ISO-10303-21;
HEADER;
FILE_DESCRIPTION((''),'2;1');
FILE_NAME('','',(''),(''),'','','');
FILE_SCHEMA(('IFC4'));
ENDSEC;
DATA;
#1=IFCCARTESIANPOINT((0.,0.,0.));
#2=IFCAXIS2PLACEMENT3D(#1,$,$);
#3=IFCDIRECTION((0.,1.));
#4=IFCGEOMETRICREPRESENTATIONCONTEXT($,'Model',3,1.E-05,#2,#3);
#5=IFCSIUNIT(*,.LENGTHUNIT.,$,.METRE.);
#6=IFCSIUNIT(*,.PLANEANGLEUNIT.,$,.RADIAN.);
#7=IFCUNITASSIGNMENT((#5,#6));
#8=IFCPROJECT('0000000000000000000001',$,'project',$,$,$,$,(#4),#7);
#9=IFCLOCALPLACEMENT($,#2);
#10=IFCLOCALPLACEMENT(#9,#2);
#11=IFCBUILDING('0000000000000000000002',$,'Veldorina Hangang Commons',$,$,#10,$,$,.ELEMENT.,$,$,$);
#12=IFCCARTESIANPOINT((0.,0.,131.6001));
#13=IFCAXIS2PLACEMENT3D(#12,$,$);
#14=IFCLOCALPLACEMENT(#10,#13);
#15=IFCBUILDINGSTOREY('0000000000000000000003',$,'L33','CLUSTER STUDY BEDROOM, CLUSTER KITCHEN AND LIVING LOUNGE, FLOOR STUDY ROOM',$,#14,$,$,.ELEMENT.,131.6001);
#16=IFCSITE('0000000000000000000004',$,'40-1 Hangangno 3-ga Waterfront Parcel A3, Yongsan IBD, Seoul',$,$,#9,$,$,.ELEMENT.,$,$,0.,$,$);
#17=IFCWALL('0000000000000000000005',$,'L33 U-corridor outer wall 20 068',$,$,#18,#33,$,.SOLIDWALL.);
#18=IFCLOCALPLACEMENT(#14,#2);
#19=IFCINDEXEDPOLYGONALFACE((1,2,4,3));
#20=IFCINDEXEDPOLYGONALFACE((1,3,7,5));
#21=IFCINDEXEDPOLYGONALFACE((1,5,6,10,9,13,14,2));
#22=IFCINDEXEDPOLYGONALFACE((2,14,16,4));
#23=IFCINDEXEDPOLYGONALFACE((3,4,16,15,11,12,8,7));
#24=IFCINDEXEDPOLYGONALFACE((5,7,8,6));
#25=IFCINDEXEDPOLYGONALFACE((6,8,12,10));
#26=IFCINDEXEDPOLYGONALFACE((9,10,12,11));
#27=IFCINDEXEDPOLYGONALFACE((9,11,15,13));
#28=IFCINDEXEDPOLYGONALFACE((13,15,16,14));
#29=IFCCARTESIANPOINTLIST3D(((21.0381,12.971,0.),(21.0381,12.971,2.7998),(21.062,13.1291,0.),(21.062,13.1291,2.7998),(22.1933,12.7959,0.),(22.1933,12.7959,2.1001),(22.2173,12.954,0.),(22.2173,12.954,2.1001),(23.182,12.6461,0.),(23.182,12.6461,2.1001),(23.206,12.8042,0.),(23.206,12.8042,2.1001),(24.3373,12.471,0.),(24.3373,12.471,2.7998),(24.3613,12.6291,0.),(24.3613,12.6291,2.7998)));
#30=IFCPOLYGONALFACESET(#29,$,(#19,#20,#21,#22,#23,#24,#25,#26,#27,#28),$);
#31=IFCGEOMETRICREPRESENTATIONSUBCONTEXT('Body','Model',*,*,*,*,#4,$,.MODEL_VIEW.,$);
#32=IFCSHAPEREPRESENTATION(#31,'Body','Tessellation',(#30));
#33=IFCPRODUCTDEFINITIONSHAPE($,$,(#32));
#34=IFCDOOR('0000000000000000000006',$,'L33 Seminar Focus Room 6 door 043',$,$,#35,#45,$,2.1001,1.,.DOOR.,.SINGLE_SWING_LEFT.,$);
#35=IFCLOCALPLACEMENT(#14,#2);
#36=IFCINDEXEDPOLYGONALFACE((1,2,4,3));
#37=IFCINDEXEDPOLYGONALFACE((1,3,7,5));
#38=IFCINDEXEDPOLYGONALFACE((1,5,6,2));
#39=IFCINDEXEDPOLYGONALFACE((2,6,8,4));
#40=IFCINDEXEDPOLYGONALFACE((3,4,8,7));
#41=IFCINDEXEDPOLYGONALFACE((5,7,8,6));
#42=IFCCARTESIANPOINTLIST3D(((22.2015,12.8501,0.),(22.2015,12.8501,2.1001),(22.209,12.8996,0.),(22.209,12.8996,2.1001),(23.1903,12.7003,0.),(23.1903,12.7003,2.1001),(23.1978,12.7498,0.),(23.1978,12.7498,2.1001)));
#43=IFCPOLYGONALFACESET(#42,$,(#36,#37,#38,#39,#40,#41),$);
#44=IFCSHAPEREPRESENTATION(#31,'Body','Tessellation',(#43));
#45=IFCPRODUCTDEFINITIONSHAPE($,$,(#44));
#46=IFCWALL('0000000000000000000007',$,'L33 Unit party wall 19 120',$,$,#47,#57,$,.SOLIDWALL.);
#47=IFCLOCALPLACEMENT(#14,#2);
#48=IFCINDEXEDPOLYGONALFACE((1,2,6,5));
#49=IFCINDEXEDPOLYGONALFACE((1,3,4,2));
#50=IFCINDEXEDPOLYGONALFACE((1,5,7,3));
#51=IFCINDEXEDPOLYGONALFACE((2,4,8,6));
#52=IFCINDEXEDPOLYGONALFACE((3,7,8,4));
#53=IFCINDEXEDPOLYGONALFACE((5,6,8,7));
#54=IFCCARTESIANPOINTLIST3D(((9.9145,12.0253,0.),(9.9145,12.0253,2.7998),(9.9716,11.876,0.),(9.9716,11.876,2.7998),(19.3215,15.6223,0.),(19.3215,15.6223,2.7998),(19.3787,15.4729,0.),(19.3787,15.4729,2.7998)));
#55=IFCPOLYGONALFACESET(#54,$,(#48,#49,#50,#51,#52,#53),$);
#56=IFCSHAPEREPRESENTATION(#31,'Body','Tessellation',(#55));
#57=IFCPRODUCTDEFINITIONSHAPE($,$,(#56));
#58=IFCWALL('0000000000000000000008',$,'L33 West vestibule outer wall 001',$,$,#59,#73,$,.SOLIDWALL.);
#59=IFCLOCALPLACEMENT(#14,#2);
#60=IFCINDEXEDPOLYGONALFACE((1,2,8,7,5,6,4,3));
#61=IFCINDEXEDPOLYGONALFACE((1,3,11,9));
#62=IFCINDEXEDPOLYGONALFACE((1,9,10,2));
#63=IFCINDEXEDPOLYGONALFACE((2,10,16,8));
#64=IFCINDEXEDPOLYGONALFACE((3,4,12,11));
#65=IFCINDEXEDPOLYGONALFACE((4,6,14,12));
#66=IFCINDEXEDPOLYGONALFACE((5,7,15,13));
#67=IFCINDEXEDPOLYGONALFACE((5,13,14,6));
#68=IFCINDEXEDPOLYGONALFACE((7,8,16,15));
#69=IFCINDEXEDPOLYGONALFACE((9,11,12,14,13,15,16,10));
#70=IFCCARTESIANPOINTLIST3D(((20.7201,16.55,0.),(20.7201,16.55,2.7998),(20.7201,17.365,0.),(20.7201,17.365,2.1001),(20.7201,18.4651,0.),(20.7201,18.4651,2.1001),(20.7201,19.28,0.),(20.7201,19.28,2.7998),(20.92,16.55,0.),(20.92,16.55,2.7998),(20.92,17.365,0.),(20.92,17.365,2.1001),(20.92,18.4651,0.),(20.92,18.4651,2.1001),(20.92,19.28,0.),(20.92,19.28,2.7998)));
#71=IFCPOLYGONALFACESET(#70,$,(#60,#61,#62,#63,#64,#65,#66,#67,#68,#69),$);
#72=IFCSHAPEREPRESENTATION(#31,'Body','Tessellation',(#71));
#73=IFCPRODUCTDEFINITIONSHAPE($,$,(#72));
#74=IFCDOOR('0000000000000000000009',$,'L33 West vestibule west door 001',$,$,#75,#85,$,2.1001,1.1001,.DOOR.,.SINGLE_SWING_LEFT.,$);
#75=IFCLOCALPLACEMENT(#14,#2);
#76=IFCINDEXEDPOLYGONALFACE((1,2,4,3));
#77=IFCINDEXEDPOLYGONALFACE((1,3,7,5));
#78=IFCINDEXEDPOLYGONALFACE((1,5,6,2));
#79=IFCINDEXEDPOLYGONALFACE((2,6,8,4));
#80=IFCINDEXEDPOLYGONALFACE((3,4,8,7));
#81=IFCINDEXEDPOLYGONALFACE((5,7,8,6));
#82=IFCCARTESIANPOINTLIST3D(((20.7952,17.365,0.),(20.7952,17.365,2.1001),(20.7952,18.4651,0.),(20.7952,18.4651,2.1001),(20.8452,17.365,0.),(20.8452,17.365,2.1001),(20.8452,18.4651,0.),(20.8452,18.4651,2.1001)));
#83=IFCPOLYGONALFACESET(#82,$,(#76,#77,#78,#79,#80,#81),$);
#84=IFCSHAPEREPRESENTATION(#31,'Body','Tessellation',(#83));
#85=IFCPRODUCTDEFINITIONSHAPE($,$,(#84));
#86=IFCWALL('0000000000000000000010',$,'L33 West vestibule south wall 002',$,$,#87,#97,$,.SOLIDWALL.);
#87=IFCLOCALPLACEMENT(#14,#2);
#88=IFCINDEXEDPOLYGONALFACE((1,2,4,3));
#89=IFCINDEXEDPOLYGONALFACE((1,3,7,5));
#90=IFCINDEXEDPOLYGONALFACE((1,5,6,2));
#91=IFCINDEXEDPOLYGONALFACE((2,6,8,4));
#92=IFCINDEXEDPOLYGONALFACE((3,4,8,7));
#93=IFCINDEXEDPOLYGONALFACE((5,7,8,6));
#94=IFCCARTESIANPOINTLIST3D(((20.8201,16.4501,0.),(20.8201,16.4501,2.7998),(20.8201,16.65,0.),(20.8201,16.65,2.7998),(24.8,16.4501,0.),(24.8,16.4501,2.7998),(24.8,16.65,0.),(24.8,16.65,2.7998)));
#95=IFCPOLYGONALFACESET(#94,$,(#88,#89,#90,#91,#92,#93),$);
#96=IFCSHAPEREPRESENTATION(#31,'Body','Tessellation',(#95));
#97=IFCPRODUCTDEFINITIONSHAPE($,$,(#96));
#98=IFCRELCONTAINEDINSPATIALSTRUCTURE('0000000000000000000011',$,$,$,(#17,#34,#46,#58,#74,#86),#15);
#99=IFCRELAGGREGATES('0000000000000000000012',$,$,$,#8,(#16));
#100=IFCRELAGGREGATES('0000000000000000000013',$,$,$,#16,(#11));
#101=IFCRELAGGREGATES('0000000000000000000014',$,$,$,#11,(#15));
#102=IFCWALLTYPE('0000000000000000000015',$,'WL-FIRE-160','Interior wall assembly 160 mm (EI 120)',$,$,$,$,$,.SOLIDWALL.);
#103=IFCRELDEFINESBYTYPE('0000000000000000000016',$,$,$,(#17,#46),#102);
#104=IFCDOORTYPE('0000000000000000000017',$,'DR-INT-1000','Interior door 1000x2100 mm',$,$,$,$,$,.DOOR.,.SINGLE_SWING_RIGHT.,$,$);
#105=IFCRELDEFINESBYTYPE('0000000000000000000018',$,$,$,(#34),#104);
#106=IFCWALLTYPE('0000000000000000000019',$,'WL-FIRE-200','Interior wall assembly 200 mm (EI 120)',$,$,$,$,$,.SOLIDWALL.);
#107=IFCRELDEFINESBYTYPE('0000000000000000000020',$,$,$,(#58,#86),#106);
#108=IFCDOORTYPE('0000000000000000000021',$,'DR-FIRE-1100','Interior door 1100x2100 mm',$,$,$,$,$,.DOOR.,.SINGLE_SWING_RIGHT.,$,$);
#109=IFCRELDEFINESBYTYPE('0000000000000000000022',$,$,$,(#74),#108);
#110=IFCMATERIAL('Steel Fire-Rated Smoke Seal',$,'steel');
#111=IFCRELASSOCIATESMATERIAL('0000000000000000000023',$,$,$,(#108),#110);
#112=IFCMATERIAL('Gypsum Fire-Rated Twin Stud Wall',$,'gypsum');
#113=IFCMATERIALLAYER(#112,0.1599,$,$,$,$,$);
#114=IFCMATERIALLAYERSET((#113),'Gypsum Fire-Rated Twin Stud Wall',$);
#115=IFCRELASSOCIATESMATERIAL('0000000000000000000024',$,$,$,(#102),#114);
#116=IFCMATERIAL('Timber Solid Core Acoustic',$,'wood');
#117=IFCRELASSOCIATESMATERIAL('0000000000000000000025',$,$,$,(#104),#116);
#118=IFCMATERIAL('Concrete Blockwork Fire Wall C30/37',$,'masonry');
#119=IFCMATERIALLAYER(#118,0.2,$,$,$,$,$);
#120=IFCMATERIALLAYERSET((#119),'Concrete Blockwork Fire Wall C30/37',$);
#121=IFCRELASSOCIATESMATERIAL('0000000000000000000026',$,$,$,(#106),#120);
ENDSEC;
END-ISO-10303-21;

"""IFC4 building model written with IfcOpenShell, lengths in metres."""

from ifc_helpers import new_model, si_unit, direction, frame, frame_2d, origin, place, context, subcontext, project, spatial, rectangle, extrude, material, layer, layer_set, type_object, element, fill, save


model = new_model("IFC4")

# Units and contexts
model_context = context("Model", 3, precision=1e-05, world=origin(), true_north=direction((0.0, 1.0)))
body_context = subcontext(model_context, "Body", "Model", "MODEL_VIEW")
ifc_project = project(units=[si_unit("LENGTHUNIT", "METRE"), si_unit("PLANEANGLEUNIT", "RADIAN")], contexts=[model_context])

# Site, building, storey
site_placement = place(None, origin())
site = spatial("IfcSite", under=ifc_project, at=site_placement, Name="40-1 Hangangno 3-ga Waterfront Parcel A3, Yongsan IBD, Seoul", CompositionType="ELEMENT", RefElevation=0.0)
building_placement = place(site_placement, origin())
building = spatial("IfcBuilding", under=site, at=building_placement, Name="Veldorina Hangang Commons", CompositionType="ELEMENT")
storey_placement = place(building_placement, frame((0.0, 0.0, 131.6001)))
storey = spatial("IfcBuildingStorey", under=building, at=storey_placement, Name="L33", Description="CLUSTER STUDY BEDROOM, CLUSTER KITCHEN AND LIVING LOUNGE, FLOOR STUDY ROOM", CompositionType="ELEMENT", Elevation=131.6001)

# Shared definitions
ifc_material_1 = material(Name="Steel Fire-Rated Smoke Seal", Category="steel")
door_type_1 = type_object("IfcDoorType", Name="DR-FIRE-1100", Description="Interior door 1100x2100 mm", OperationType="SINGLE_SWING_RIGHT", PredefinedType="DOOR", material=ifc_material_1)
ifc_material_2 = material(Name="Gypsum Fire-Rated Twin Stud Wall", Category="gypsum")
ifc_layer_1 = layer(ifc_material_2, 0.1599)
ifc_layer_set_1 = layer_set([ifc_layer_1], Name="Gypsum Fire-Rated Twin Stud Wall")
wall_type_1 = type_object("IfcWallType", Name="WL-FIRE-160", Description="Interior wall assembly 160 mm (EI 120)", PredefinedType="SOLIDWALL", material=ifc_layer_set_1)
ifc_material_3 = material(Name="Timber Solid Core Acoustic", Category="wood")
door_type_2 = type_object("IfcDoorType", Name="DR-INT-1000", Description="Interior door 1000x2100 mm", OperationType="SINGLE_SWING_RIGHT", PredefinedType="DOOR", material=ifc_material_3)

# Wall, opening, door
wall_1_placement = place(storey_placement, frame((21.05, 13.05, 0.0), z_axis=(0.0, 0.0, 1.0), x_axis=(0.988711, -0.149836, 0.0)))
wall_1 = element("IfcWall", 1, at=wall_1_placement, inside=storey, type_object=wall_type_1, Name="L33 U-corridor outer wall 20 068", PredefinedType="SOLIDWALL", context=body_context, shape_type="SweptSolid", body=[
    extrude(rectangle(XDim=3.3369, YDim=0.1599, at=frame_2d((1.6685, 0.0))), origin(), (0.0, 0.0, 1.0), 2.7998),
])
opening_1_placement = place(wall_1_placement, frame((1.1685, 0.0, 0.0)))
opening_1 = element("IfcOpeningElement", 2, at=opening_1_placement, cuts=wall_1, PredefinedType="OPENING", context=body_context, shape_type="SweptSolid", body=[
    extrude(rectangle(XDim=1.0, YDim=2.1001, at=frame_2d((0.5, 1.05))), frame((0.0, 0.0898, 0.0), z_axis=(0.0, -1.0, 0.0), x_axis=(1.0, 0.0, 0.0)), (0.0, 0.0, 1.0), 0.1799),
])
door_1_placement = place(opening_1_placement, origin())
door_1 = element("IfcDoor", 3, at=door_1_placement, inside=storey, type_object=door_type_2, Name="L33 Seminar Focus Room 6 door 043", OperationType="SINGLE_SWING_LEFT", OverallHeight=2.1001, OverallWidth=1.0, PredefinedType="DOOR", context=body_context, shape_type="SweptSolid", body=[
    extrude(rectangle(XDim=1.0, YDim=2.1001, at=frame_2d((0.5, 1.05))), frame((0.0, 0.0249, 0.0), z_axis=(0.0, -1.0, 0.0), x_axis=(1.0, 0.0, 0.0)), (0.0, 0.0, 1.0), 0.05),
])
fill(opening_1, door_1)

# Wall
wall_2_placement = place(storey_placement, frame((19.3501, 15.5476, 0.0), z_axis=(0.0, 0.0, 1.0), x_axis=(-0.934047, -0.357149, 0.0)))
element("IfcWall", 4, at=wall_2_placement, inside=storey, type_object=wall_type_1, Name="L33 Unit party wall 19 120", PredefinedType="SOLIDWALL", context=body_context, shape_type="SweptSolid", body=[
    extrude(rectangle(XDim=10.0713, YDim=0.1599, at=frame_2d((5.0356, 0.0))), origin(), (0.0, 0.0, 1.0), 2.7998),
])

# Wall, opening, door
ifc_material_4 = material(Name="Concrete Blockwork Fire Wall C30/37", Category="masonry")
ifc_layer_2 = layer(ifc_material_4, 0.2)
ifc_layer_set_2 = layer_set([ifc_layer_2], Name="Concrete Blockwork Fire Wall C30/37")
wall_type_2 = type_object("IfcWallType", Name="WL-FIRE-200", Description="Interior wall assembly 200 mm (EI 120)", PredefinedType="SOLIDWALL", material=ifc_layer_set_2)
wall_3_placement = place(storey_placement, frame((20.8201, 16.55, 0.0), z_axis=(0.0, 0.0, 1.0), x_axis=(0.0, 1.0, 0.0)))
wall_3 = element("IfcWall", 5, at=wall_3_placement, inside=storey, type_object=wall_type_2, Name="L33 West vestibule outer wall 001", PredefinedType="SOLIDWALL", context=body_context, shape_type="SweptSolid", body=[
    extrude(rectangle(XDim=2.73, YDim=0.2, at=frame_2d((1.365, 0.0))), origin(), (0.0, 0.0, 1.0), 2.7998),
])
opening_2_placement = place(wall_3_placement, frame((0.8149, 0.0, 0.0)))
opening_2 = element("IfcOpeningElement", 6, at=opening_2_placement, cuts=wall_3, PredefinedType="OPENING", context=body_context, shape_type="SweptSolid", body=[
    extrude(rectangle(XDim=1.1001, YDim=2.1001, at=frame_2d((0.55, 1.05))), frame((0.0, 0.1099, 0.0), z_axis=(0.0, -1.0, 0.0), x_axis=(1.0, 0.0, 0.0)), (0.0, 0.0, 1.0), 0.22),
])
door_2_placement = place(opening_2_placement, origin())
door_2 = element("IfcDoor", 7, at=door_2_placement, inside=storey, type_object=door_type_1, Name="L33 West vestibule west door 001", OperationType="SINGLE_SWING_LEFT", OverallHeight=2.1001, OverallWidth=1.1001, PredefinedType="DOOR", context=body_context, shape_type="SweptSolid", body=[
    extrude(rectangle(XDim=1.1001, YDim=2.1001, at=frame_2d((0.55, 1.05))), frame((0.0, 0.0249, 0.0), z_axis=(0.0, -1.0, 0.0), x_axis=(1.0, 0.0, 0.0)), (0.0, 0.0, 1.0), 0.05),
])
fill(opening_2, door_2)

# Wall
wall_4_placement = place(storey_placement, frame((20.8201, 16.55, 0.0), z_axis=(0.0, 0.0, 1.0), x_axis=(1.0, 0.0, 0.0)))
element("IfcWall", 8, at=wall_4_placement, inside=storey, type_object=wall_type_2, Name="L33 West vestibule south wall 002", PredefinedType="SOLIDWALL", context=body_context, shape_type="SweptSolid", body=[
    extrude(rectangle(XDim=3.98, YDim=0.2, at=frame_2d((1.99, 0.0))), origin(), (0.0, 0.0, 1.0), 2.7998),
])

save(model, "model.ifc")
